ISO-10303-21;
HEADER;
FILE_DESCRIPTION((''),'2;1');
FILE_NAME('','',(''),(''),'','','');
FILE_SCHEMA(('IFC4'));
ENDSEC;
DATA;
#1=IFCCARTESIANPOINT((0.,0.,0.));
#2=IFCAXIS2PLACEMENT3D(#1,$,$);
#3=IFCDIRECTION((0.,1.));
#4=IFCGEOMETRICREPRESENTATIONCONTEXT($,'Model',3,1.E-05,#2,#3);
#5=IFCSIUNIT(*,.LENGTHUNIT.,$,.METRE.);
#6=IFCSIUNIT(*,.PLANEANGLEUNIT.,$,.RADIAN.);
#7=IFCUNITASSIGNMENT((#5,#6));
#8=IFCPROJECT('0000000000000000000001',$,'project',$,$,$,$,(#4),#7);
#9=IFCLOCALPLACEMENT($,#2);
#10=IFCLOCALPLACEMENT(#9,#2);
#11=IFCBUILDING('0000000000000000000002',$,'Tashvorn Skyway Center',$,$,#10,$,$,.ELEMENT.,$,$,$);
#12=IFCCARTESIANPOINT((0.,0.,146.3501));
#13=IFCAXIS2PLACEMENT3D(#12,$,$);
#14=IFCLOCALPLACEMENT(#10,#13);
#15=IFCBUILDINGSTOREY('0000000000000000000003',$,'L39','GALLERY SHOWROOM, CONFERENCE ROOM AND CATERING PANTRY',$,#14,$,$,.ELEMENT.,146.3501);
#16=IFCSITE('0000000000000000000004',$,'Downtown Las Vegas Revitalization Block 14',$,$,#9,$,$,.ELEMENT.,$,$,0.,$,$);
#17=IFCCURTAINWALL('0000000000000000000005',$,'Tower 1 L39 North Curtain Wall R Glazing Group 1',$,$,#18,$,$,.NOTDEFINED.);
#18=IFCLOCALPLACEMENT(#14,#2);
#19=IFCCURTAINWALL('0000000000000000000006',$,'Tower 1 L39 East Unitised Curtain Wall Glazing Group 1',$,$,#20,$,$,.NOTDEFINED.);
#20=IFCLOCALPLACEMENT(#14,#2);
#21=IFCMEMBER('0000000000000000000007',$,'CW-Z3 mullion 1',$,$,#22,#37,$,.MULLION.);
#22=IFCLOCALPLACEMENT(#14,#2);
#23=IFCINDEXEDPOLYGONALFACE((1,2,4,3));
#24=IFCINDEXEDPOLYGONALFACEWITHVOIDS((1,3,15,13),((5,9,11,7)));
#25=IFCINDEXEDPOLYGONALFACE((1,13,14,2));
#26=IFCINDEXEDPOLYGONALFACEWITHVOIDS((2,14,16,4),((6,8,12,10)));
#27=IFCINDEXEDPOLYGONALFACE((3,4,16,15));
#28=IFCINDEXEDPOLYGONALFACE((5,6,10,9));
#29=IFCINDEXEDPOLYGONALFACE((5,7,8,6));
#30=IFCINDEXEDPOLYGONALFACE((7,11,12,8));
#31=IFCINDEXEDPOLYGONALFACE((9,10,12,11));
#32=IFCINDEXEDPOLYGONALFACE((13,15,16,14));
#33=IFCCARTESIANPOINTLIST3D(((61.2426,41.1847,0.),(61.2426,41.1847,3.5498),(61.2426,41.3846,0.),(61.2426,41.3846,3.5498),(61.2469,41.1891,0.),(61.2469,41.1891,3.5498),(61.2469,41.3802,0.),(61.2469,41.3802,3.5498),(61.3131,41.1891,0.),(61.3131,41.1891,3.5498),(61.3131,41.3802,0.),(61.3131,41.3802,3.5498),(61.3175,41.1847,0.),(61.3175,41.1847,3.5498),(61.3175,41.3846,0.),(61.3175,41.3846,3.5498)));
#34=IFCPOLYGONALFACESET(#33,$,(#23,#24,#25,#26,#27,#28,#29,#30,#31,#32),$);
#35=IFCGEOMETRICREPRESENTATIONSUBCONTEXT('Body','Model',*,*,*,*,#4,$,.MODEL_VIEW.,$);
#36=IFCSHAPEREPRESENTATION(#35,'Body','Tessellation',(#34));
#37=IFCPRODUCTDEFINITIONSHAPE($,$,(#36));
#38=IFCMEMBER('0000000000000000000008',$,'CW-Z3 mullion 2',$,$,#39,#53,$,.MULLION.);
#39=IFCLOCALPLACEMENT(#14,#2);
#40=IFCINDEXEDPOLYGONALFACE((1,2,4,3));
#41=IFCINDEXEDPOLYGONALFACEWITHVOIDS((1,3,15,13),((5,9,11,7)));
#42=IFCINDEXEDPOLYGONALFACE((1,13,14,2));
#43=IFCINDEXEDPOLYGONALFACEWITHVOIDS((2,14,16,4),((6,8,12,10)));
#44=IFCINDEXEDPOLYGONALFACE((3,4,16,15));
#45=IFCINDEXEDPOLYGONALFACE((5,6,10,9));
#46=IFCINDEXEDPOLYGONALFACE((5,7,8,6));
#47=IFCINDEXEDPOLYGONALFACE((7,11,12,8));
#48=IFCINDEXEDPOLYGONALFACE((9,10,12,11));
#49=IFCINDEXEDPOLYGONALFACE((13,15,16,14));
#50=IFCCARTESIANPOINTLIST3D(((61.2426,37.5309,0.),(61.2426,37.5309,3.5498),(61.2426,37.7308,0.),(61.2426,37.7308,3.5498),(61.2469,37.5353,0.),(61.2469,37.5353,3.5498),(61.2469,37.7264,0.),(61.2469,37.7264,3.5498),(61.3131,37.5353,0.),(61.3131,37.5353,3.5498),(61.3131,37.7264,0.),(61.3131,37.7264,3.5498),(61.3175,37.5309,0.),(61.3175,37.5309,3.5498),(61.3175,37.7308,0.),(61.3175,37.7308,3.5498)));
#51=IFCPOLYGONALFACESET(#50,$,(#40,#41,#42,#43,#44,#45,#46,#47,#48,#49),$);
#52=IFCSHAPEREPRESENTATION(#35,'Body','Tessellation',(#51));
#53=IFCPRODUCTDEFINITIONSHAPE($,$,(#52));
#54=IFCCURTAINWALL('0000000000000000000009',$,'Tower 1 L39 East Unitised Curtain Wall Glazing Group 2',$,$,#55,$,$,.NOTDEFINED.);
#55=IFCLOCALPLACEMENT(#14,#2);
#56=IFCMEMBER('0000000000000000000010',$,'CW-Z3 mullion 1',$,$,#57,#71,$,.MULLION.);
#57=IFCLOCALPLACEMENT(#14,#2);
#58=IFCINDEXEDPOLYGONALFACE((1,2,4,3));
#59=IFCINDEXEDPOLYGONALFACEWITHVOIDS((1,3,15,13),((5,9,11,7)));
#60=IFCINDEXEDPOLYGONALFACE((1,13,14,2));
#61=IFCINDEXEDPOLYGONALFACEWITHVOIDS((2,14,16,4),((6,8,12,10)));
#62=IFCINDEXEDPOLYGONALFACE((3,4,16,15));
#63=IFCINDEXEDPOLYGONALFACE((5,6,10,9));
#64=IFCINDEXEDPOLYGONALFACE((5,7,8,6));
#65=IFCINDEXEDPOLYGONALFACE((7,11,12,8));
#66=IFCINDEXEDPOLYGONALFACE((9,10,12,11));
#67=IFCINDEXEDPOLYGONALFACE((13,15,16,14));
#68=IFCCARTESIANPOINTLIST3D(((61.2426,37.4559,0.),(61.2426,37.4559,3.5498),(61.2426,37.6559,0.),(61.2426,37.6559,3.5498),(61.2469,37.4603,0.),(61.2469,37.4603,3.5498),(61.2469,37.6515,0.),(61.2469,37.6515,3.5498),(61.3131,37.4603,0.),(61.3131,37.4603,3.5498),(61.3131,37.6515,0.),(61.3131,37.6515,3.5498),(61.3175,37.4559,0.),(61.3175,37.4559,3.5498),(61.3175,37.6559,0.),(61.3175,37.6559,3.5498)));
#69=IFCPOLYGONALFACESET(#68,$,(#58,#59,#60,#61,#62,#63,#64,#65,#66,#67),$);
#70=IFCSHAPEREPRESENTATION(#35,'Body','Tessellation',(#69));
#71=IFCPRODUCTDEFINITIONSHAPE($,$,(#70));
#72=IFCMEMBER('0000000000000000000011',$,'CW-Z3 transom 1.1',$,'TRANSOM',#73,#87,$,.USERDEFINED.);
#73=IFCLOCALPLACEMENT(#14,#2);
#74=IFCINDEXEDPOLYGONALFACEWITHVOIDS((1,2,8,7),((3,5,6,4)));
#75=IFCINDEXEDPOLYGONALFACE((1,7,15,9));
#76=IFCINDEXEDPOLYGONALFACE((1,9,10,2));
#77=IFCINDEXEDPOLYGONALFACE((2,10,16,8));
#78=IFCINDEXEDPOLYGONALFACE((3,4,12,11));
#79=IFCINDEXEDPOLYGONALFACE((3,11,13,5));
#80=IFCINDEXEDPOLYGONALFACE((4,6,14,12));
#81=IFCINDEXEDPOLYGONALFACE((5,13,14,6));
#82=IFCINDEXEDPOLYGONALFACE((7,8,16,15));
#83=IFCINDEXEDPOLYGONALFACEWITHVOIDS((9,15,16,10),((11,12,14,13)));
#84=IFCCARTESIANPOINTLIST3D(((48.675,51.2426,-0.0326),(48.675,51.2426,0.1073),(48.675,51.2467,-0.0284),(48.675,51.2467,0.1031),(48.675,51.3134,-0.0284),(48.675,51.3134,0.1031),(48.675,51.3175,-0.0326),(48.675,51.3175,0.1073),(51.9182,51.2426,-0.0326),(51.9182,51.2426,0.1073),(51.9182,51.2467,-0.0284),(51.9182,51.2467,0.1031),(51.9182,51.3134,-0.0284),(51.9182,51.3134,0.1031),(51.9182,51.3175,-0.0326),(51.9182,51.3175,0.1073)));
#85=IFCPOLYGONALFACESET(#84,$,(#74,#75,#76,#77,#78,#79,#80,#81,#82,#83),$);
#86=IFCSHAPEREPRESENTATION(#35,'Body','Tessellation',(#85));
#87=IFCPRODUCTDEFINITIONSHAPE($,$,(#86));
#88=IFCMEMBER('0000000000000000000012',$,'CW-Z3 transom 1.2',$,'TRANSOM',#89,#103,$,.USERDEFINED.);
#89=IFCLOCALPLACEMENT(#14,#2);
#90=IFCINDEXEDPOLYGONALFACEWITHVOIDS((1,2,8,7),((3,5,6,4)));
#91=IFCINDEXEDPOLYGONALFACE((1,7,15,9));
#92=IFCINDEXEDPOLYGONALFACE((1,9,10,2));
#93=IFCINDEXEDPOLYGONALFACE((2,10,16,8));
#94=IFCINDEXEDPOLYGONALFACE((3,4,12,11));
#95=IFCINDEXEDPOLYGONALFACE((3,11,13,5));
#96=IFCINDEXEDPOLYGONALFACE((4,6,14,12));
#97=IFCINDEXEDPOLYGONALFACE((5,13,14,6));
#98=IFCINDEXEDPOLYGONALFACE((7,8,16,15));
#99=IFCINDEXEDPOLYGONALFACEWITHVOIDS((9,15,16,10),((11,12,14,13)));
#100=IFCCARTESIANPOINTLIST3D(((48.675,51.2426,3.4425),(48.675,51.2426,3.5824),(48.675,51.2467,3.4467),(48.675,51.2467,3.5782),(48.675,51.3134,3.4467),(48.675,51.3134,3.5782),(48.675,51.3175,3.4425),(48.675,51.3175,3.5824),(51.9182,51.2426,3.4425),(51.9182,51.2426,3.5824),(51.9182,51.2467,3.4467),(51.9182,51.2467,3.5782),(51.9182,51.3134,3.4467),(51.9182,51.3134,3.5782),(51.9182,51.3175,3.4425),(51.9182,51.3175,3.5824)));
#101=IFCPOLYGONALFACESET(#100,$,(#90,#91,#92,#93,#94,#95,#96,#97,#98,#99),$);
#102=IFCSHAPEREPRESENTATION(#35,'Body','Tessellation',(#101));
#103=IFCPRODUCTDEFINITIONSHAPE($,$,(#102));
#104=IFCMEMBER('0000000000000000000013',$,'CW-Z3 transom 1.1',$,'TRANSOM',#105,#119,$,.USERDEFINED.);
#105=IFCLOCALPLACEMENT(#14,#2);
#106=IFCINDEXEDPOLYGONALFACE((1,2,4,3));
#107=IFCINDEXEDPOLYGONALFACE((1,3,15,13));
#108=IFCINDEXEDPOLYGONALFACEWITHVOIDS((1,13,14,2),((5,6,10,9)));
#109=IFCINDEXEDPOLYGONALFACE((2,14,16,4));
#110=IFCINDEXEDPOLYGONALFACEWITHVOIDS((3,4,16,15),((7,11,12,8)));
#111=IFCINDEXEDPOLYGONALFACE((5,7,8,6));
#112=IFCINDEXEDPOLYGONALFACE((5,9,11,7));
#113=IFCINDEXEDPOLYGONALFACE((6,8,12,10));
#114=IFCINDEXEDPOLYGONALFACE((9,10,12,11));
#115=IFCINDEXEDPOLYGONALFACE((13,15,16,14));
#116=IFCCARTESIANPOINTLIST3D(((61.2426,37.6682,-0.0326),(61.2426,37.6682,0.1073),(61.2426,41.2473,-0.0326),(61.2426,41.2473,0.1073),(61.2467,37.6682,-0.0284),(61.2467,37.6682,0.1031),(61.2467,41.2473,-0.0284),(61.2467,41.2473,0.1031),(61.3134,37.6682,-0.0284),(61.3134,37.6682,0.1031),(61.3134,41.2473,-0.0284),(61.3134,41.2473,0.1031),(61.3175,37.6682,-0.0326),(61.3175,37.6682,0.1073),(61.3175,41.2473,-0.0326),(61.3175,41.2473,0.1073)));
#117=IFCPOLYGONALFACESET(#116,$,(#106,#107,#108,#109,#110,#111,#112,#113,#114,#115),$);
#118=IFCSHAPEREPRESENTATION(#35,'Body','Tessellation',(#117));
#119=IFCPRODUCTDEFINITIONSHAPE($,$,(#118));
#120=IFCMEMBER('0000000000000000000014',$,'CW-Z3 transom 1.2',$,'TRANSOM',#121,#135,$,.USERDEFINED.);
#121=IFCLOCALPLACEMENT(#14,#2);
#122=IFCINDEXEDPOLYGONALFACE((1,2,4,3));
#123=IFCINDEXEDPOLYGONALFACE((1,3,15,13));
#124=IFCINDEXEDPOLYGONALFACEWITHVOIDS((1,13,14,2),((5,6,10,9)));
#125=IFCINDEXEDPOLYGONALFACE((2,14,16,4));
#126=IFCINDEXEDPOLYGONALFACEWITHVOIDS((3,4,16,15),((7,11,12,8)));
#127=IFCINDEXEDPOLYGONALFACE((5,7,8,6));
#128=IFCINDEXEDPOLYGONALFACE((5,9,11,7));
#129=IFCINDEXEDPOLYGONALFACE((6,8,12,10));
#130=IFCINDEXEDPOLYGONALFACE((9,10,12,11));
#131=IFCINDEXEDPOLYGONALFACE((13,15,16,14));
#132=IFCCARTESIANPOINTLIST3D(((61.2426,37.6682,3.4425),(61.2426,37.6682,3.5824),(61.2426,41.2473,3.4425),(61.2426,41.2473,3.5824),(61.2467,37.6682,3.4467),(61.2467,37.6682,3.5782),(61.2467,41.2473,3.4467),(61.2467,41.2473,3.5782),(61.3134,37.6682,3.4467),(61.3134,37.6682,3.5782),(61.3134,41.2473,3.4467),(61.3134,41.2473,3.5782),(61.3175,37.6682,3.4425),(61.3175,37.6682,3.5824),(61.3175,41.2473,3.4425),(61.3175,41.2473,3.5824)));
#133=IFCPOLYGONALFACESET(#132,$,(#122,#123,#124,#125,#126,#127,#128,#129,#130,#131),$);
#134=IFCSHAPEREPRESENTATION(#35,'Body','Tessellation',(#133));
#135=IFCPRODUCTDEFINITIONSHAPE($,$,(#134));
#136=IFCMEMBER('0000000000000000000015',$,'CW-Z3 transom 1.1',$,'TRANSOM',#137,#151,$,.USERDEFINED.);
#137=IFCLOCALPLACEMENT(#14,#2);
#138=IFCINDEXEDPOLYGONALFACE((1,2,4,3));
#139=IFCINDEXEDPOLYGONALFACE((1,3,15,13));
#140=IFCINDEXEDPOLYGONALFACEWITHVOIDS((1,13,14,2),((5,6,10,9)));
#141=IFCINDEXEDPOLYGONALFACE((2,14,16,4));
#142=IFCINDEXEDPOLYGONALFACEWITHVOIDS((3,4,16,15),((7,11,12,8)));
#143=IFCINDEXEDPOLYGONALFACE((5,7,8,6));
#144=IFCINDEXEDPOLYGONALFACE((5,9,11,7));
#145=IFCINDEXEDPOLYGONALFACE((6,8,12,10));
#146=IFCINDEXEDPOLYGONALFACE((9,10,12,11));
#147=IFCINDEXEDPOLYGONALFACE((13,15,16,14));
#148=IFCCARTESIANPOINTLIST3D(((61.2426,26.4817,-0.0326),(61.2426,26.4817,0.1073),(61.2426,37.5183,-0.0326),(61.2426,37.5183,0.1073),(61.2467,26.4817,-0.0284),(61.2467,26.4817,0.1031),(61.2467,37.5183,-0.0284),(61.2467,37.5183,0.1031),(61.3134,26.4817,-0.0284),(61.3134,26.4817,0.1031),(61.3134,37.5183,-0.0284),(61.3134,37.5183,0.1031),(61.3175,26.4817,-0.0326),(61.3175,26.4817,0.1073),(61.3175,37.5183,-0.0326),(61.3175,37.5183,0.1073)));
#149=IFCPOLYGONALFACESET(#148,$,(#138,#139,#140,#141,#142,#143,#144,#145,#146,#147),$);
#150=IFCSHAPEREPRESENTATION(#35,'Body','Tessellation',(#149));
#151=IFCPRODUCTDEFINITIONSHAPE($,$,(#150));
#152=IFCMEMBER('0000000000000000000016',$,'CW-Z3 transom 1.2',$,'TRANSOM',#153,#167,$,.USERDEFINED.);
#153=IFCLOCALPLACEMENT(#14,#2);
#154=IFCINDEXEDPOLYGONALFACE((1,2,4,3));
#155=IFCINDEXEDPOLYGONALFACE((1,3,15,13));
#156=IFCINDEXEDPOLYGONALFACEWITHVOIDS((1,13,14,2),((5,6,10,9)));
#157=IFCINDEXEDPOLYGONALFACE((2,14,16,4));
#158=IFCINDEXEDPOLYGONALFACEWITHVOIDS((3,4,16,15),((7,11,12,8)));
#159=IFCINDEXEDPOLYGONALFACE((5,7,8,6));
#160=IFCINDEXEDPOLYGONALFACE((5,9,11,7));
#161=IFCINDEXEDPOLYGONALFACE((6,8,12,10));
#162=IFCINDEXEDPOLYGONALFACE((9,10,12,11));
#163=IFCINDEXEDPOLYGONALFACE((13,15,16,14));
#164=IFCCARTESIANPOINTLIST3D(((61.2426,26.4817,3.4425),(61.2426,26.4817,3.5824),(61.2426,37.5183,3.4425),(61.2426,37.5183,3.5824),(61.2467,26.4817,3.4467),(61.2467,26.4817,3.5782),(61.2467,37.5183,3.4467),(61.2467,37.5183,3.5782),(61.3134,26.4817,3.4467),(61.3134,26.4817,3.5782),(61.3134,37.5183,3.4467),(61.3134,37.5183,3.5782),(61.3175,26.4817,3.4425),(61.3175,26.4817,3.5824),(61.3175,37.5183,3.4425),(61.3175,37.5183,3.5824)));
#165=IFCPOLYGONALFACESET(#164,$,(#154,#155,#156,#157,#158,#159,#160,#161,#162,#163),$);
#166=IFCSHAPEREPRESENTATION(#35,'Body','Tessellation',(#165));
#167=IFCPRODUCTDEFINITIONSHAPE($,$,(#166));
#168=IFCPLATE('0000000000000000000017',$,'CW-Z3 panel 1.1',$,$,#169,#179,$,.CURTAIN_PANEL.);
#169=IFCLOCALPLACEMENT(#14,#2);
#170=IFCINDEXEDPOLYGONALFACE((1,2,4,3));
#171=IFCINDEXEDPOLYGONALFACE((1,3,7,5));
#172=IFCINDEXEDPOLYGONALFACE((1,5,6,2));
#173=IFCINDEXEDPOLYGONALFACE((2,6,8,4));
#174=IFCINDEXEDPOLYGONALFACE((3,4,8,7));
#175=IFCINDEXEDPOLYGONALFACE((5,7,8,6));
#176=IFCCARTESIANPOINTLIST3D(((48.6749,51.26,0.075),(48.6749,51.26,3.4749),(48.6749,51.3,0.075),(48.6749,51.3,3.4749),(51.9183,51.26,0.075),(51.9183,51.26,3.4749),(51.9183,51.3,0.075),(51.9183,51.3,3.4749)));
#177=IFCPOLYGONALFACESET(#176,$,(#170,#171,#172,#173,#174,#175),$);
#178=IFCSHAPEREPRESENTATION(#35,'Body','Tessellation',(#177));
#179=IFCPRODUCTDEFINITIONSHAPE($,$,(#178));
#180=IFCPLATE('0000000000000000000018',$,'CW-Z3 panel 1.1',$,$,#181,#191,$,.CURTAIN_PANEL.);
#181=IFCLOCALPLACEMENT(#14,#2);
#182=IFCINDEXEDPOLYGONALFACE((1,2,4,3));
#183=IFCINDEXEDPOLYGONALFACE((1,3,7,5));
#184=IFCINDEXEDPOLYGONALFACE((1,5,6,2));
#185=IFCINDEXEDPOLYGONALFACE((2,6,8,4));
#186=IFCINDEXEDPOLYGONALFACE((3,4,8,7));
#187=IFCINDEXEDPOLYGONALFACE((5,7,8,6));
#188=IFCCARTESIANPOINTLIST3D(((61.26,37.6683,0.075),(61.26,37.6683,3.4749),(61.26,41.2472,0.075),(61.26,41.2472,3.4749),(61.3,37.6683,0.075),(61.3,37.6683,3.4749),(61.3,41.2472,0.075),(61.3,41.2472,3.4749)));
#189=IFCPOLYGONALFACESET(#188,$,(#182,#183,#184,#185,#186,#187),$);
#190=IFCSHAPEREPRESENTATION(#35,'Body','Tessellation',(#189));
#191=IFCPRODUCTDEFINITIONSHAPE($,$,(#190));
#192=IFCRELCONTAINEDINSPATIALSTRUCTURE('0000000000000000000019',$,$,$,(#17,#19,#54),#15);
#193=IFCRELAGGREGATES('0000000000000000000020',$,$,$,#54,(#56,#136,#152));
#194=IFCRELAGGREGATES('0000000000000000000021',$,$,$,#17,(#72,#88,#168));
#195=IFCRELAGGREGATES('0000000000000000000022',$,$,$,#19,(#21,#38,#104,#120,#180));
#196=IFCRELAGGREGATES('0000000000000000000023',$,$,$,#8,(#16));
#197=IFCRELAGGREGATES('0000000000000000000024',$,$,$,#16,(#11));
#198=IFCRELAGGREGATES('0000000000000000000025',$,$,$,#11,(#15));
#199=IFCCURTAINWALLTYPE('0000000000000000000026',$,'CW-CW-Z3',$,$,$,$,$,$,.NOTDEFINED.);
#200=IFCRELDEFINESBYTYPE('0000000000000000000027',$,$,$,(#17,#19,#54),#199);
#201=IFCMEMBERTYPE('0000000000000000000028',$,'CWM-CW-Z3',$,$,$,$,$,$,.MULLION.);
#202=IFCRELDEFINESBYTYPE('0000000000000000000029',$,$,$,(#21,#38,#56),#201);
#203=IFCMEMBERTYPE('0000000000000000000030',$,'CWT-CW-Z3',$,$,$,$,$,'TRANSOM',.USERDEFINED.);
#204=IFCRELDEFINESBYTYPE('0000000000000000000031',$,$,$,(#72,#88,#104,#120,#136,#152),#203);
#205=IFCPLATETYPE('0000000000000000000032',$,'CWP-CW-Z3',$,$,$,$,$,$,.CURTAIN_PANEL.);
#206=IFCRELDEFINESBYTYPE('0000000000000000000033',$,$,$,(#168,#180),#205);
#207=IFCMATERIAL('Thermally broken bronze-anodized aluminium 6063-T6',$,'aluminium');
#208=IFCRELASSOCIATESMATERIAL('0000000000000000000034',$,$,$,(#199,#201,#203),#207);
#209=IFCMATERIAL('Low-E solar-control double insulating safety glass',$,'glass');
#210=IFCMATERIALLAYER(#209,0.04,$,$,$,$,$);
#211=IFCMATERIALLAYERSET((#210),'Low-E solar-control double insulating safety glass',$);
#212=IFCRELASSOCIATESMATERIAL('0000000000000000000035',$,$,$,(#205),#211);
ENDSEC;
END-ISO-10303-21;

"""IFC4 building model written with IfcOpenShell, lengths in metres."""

from ifc_helpers import new_model, si_unit, direction, frame, origin, origin_2d, place, context, subcontext, project, spatial, rectangle, hollow_rectangle, extrude, material, layer, layer_set, material_profile, profile_set, type_object, element, aggregate, save


model = new_model("IFC4")

# Units and contexts
model_context = context("Model", 3, precision=1e-05, world=origin(), true_north=direction((0.0, 1.0)))
body_context = subcontext(model_context, "Body", "Model", "MODEL_VIEW")
ifc_project = project(units=[si_unit("LENGTHUNIT", "METRE"), si_unit("PLANEANGLEUNIT", "RADIAN")], contexts=[model_context])

# Site, building, storey
site_placement = place(None, origin())
site = spatial("IfcSite", under=ifc_project, at=site_placement, Name="Downtown Las Vegas Revitalization Block 14", CompositionType="ELEMENT", RefElevation=0.0)
building_placement = place(site_placement, origin())
building = spatial("IfcBuilding", under=site, at=building_placement, Name="Tashvorn Skyway Center", CompositionType="ELEMENT")
storey_placement = place(building_placement, frame((0.0, 0.0, 146.3501)))
storey = spatial("IfcBuildingStorey", under=building, at=storey_placement, Name="L39", Description="GALLERY SHOWROOM, CONFERENCE ROOM AND CATERING PANTRY", CompositionType="ELEMENT", Elevation=146.3501)

# Curtain walls, members
ifc_material_1 = material(Name="Thermally broken bronze-anodized aluminium 6063-T6", Category="aluminium")
curtain_wall_type = type_object("IfcCurtainWallType", Name="CW-CW-Z3", PredefinedType="NOTDEFINED", material=ifc_material_1)
curtain_wall_1_placement = place(storey_placement, origin())
curtain_wall_1 = element("IfcCurtainWall", 1, at=curtain_wall_1_placement, inside=storey, type_object=curtain_wall_type, Name="Tower 1 L39 North Curtain Wall R Glazing Group 1", PredefinedType="NOTDEFINED")
ifc_material_profile_1 = material_profile(ifc_material_1, hollow_rectangle(XDim=0.075, YDim=0.2, WallThickness=0.0044, at=origin_2d()), Name="ALU-MULL-75x200")
ifc_profile_set_1 = profile_set([ifc_material_profile_1], Name="Thermally broken bronze-anodized aluminium 6063-T6")
member_type_1 = type_object("IfcMemberType", Name="CWM-CW-Z3", PredefinedType="MULLION", material=ifc_profile_set_1)
curtain_wall_2_placement = place(storey_placement, origin())
curtain_wall_2 = element("IfcCurtainWall", 2, at=curtain_wall_2_placement, inside=storey, type_object=curtain_wall_type, Name="Tower 1 L39 East Unitised Curtain Wall Glazing Group 1", PredefinedType="NOTDEFINED")
member_1_placement = place(storey_placement, frame((61.28, 41.2847, 0.0), z_axis=(0.0, 0.0, 1.0), x_axis=(1.0, 0.0, 0.0)))
member_1 = element("IfcMember", 3, at=member_1_placement, type_object=member_type_1, Name="CW-Z3 mullion 1", PredefinedType="MULLION", context=body_context, shape_type="SweptSolid", body=[
    extrude(hollow_rectangle(XDim=0.075, YDim=0.2, WallThickness=0.0044, at=origin_2d()), origin(), (0.0, 0.0, 1.0), 3.5498),
])
member_2_placement = place(storey_placement, frame((61.28, 37.6309, 0.0), z_axis=(0.0, 0.0, 1.0), x_axis=(1.0, 0.0, 0.0)))
member_2 = element("IfcMember", 4, at=member_2_placement, type_object=member_type_1, Name="CW-Z3 mullion 2", PredefinedType="MULLION", context=body_context, shape_type="SweptSolid", body=[
    extrude(hollow_rectangle(XDim=0.075, YDim=0.2, WallThickness=0.0044, at=origin_2d()), origin(), (0.0, 0.0, 1.0), 3.5498),
])

# Curtain wall, member
curtain_wall_3_placement = place(storey_placement, origin())
curtain_wall_3 = element("IfcCurtainWall", 5, at=curtain_wall_3_placement, inside=storey, type_object=curtain_wall_type, Name="Tower 1 L39 East Unitised Curtain Wall Glazing Group 2", PredefinedType="NOTDEFINED")
member_3_placement = place(storey_placement, frame((61.28, 37.5559, 0.0), z_axis=(0.0, 0.0, 1.0), x_axis=(1.0, 0.0, 0.0)))
member_3 = element("IfcMember", 6, at=member_3_placement, type_object=member_type_1, Name="CW-Z3 mullion 1", PredefinedType="MULLION", context=body_context, shape_type="SweptSolid", body=[
    extrude(hollow_rectangle(XDim=0.075, YDim=0.2, WallThickness=0.0044, at=origin_2d()), origin(), (0.0, 0.0, 1.0), 3.5498),
])

# Members
ifc_material_profile_2 = material_profile(ifc_material_1, hollow_rectangle(XDim=0.075, YDim=0.1399, WallThickness=0.0042, at=origin_2d()), Name="ALU-TRAN-75x140")
ifc_profile_set_2 = profile_set([ifc_material_profile_2], Name="Thermally broken bronze-anodized aluminium 6063-T6")
member_type_2 = type_object("IfcMemberType", Name="CWT-CW-Z3", ElementType="TRANSOM", PredefinedType="USERDEFINED", material=ifc_profile_set_2)
member_4_placement = place(storey_placement, frame((48.675, 51.28, 0.0374), z_axis=(1.0, 0.0, 0.0), x_axis=(0.0, 1.0, 0.0)))
member_4 = element("IfcMember", 7, at=member_4_placement, type_object=member_type_2, Name="CW-Z3 transom 1.1", ObjectType="TRANSOM", PredefinedType="USERDEFINED", context=body_context, shape_type="SweptSolid", body=[
    extrude(hollow_rectangle(XDim=0.075, YDim=0.1399, WallThickness=0.0042, at=origin_2d()), origin(), (0.0, 0.0, 1.0), 3.2432),
])
member_5_placement = place(storey_placement, frame((48.675, 51.28, 3.5125), z_axis=(1.0, 0.0, 0.0), x_axis=(0.0, 1.0, 0.0)))
member_5 = element("IfcMember", 8, at=member_5_placement, type_object=member_type_2, Name="CW-Z3 transom 1.2", ObjectType="TRANSOM", PredefinedType="USERDEFINED", context=body_context, shape_type="SweptSolid", body=[
    extrude(hollow_rectangle(XDim=0.075, YDim=0.1399, WallThickness=0.0042, at=origin_2d()), origin(), (0.0, 0.0, 1.0), 3.2432),
])
member_6_placement = place(storey_placement, frame((61.28, 41.2473, 0.0374), z_axis=(0.0, -1.0, 0.0), x_axis=(1.0, 0.0, 0.0)))
member_6 = element("IfcMember", 9, at=member_6_placement, type_object=member_type_2, Name="CW-Z3 transom 1.1", ObjectType="TRANSOM", PredefinedType="USERDEFINED", context=body_context, shape_type="SweptSolid", body=[
    extrude(hollow_rectangle(XDim=0.075, YDim=0.1399, WallThickness=0.0042, at=origin_2d()), origin(), (0.0, 0.0, 1.0), 3.5791),
])
member_7_placement = place(storey_placement, frame((61.28, 41.2473, 3.5125), z_axis=(0.0, -1.0, 0.0), x_axis=(1.0, 0.0, 0.0)))
member_7 = element("IfcMember", 10, at=member_7_placement, type_object=member_type_2, Name="CW-Z3 transom 1.2", ObjectType="TRANSOM", PredefinedType="USERDEFINED", context=body_context, shape_type="SweptSolid", body=[
    extrude(hollow_rectangle(XDim=0.075, YDim=0.1399, WallThickness=0.0042, at=origin_2d()), origin(), (0.0, 0.0, 1.0), 3.5791),
])
member_8_placement = place(storey_placement, frame((61.28, 37.5183, 0.0374), z_axis=(0.0, -1.0, 0.0), x_axis=(1.0, 0.0, 0.0)))
member_8 = element("IfcMember", 11, at=member_8_placement, type_object=member_type_2, Name="CW-Z3 transom 1.1", ObjectType="TRANSOM", PredefinedType="USERDEFINED", context=body_context, shape_type="SweptSolid", body=[
    extrude(hollow_rectangle(XDim=0.075, YDim=0.1399, WallThickness=0.0042, at=origin_2d()), origin(), (0.0, 0.0, 1.0), 11.0366),
])
member_9_placement = place(storey_placement, frame((61.28, 37.5183, 3.5125), z_axis=(0.0, -1.0, 0.0), x_axis=(1.0, 0.0, 0.0)))
member_9 = element("IfcMember", 12, at=member_9_placement, type_object=member_type_2, Name="CW-Z3 transom 1.2", ObjectType="TRANSOM", PredefinedType="USERDEFINED", context=body_context, shape_type="SweptSolid", body=[
    extrude(hollow_rectangle(XDim=0.075, YDim=0.1399, WallThickness=0.0042, at=origin_2d()), origin(), (0.0, 0.0, 1.0), 11.0366),
])
aggregate(curtain_wall_3, [member_3, member_8, member_9])

# Plates
ifc_material_2 = material(Name="Low-E solar-control double insulating safety glass", Category="glass")
ifc_layer_1 = layer(ifc_material_2, 0.04)
ifc_layer_set_1 = layer_set([ifc_layer_1], Name="Low-E solar-control double insulating safety glass")
plate_type = type_object("IfcPlateType", Name="CWP-CW-Z3", PredefinedType="CURTAIN_PANEL", material=ifc_layer_set_1)
plate_1_placement = place(storey_placement, frame((50.2966, 51.28, 0.075), z_axis=(0.0, 0.0, 1.0), x_axis=(1.0, 0.0, 0.0)))
plate_1 = element("IfcPlate", 13, at=plate_1_placement, type_object=plate_type, Name="CW-Z3 panel 1.1", PredefinedType="CURTAIN_PANEL", context=body_context, shape_type="SweptSolid", body=[
    extrude(rectangle(XDim=3.2434, YDim=0.04, at=origin_2d()), origin(), (0.0, 0.0, 1.0), 3.3999),
])
aggregate(curtain_wall_1, [member_4, member_5, plate_1])
plate_2_placement = place(storey_placement, frame((61.28, 39.4578, 0.075), z_axis=(0.0, 0.0, 1.0), x_axis=(0.0, -1.0, 0.0)))
plate_2 = element("IfcPlate", 14, at=plate_2_placement, type_object=plate_type, Name="CW-Z3 panel 1.1", PredefinedType="CURTAIN_PANEL", context=body_context, shape_type="SweptSolid", body=[
    extrude(rectangle(XDim=3.5789, YDim=0.04, at=origin_2d()), origin(), (0.0, 0.0, 1.0), 3.3999),
])
aggregate(curtain_wall_2, [member_1, member_2, member_6, member_7, plate_2])

save(model, "model.ifc")
